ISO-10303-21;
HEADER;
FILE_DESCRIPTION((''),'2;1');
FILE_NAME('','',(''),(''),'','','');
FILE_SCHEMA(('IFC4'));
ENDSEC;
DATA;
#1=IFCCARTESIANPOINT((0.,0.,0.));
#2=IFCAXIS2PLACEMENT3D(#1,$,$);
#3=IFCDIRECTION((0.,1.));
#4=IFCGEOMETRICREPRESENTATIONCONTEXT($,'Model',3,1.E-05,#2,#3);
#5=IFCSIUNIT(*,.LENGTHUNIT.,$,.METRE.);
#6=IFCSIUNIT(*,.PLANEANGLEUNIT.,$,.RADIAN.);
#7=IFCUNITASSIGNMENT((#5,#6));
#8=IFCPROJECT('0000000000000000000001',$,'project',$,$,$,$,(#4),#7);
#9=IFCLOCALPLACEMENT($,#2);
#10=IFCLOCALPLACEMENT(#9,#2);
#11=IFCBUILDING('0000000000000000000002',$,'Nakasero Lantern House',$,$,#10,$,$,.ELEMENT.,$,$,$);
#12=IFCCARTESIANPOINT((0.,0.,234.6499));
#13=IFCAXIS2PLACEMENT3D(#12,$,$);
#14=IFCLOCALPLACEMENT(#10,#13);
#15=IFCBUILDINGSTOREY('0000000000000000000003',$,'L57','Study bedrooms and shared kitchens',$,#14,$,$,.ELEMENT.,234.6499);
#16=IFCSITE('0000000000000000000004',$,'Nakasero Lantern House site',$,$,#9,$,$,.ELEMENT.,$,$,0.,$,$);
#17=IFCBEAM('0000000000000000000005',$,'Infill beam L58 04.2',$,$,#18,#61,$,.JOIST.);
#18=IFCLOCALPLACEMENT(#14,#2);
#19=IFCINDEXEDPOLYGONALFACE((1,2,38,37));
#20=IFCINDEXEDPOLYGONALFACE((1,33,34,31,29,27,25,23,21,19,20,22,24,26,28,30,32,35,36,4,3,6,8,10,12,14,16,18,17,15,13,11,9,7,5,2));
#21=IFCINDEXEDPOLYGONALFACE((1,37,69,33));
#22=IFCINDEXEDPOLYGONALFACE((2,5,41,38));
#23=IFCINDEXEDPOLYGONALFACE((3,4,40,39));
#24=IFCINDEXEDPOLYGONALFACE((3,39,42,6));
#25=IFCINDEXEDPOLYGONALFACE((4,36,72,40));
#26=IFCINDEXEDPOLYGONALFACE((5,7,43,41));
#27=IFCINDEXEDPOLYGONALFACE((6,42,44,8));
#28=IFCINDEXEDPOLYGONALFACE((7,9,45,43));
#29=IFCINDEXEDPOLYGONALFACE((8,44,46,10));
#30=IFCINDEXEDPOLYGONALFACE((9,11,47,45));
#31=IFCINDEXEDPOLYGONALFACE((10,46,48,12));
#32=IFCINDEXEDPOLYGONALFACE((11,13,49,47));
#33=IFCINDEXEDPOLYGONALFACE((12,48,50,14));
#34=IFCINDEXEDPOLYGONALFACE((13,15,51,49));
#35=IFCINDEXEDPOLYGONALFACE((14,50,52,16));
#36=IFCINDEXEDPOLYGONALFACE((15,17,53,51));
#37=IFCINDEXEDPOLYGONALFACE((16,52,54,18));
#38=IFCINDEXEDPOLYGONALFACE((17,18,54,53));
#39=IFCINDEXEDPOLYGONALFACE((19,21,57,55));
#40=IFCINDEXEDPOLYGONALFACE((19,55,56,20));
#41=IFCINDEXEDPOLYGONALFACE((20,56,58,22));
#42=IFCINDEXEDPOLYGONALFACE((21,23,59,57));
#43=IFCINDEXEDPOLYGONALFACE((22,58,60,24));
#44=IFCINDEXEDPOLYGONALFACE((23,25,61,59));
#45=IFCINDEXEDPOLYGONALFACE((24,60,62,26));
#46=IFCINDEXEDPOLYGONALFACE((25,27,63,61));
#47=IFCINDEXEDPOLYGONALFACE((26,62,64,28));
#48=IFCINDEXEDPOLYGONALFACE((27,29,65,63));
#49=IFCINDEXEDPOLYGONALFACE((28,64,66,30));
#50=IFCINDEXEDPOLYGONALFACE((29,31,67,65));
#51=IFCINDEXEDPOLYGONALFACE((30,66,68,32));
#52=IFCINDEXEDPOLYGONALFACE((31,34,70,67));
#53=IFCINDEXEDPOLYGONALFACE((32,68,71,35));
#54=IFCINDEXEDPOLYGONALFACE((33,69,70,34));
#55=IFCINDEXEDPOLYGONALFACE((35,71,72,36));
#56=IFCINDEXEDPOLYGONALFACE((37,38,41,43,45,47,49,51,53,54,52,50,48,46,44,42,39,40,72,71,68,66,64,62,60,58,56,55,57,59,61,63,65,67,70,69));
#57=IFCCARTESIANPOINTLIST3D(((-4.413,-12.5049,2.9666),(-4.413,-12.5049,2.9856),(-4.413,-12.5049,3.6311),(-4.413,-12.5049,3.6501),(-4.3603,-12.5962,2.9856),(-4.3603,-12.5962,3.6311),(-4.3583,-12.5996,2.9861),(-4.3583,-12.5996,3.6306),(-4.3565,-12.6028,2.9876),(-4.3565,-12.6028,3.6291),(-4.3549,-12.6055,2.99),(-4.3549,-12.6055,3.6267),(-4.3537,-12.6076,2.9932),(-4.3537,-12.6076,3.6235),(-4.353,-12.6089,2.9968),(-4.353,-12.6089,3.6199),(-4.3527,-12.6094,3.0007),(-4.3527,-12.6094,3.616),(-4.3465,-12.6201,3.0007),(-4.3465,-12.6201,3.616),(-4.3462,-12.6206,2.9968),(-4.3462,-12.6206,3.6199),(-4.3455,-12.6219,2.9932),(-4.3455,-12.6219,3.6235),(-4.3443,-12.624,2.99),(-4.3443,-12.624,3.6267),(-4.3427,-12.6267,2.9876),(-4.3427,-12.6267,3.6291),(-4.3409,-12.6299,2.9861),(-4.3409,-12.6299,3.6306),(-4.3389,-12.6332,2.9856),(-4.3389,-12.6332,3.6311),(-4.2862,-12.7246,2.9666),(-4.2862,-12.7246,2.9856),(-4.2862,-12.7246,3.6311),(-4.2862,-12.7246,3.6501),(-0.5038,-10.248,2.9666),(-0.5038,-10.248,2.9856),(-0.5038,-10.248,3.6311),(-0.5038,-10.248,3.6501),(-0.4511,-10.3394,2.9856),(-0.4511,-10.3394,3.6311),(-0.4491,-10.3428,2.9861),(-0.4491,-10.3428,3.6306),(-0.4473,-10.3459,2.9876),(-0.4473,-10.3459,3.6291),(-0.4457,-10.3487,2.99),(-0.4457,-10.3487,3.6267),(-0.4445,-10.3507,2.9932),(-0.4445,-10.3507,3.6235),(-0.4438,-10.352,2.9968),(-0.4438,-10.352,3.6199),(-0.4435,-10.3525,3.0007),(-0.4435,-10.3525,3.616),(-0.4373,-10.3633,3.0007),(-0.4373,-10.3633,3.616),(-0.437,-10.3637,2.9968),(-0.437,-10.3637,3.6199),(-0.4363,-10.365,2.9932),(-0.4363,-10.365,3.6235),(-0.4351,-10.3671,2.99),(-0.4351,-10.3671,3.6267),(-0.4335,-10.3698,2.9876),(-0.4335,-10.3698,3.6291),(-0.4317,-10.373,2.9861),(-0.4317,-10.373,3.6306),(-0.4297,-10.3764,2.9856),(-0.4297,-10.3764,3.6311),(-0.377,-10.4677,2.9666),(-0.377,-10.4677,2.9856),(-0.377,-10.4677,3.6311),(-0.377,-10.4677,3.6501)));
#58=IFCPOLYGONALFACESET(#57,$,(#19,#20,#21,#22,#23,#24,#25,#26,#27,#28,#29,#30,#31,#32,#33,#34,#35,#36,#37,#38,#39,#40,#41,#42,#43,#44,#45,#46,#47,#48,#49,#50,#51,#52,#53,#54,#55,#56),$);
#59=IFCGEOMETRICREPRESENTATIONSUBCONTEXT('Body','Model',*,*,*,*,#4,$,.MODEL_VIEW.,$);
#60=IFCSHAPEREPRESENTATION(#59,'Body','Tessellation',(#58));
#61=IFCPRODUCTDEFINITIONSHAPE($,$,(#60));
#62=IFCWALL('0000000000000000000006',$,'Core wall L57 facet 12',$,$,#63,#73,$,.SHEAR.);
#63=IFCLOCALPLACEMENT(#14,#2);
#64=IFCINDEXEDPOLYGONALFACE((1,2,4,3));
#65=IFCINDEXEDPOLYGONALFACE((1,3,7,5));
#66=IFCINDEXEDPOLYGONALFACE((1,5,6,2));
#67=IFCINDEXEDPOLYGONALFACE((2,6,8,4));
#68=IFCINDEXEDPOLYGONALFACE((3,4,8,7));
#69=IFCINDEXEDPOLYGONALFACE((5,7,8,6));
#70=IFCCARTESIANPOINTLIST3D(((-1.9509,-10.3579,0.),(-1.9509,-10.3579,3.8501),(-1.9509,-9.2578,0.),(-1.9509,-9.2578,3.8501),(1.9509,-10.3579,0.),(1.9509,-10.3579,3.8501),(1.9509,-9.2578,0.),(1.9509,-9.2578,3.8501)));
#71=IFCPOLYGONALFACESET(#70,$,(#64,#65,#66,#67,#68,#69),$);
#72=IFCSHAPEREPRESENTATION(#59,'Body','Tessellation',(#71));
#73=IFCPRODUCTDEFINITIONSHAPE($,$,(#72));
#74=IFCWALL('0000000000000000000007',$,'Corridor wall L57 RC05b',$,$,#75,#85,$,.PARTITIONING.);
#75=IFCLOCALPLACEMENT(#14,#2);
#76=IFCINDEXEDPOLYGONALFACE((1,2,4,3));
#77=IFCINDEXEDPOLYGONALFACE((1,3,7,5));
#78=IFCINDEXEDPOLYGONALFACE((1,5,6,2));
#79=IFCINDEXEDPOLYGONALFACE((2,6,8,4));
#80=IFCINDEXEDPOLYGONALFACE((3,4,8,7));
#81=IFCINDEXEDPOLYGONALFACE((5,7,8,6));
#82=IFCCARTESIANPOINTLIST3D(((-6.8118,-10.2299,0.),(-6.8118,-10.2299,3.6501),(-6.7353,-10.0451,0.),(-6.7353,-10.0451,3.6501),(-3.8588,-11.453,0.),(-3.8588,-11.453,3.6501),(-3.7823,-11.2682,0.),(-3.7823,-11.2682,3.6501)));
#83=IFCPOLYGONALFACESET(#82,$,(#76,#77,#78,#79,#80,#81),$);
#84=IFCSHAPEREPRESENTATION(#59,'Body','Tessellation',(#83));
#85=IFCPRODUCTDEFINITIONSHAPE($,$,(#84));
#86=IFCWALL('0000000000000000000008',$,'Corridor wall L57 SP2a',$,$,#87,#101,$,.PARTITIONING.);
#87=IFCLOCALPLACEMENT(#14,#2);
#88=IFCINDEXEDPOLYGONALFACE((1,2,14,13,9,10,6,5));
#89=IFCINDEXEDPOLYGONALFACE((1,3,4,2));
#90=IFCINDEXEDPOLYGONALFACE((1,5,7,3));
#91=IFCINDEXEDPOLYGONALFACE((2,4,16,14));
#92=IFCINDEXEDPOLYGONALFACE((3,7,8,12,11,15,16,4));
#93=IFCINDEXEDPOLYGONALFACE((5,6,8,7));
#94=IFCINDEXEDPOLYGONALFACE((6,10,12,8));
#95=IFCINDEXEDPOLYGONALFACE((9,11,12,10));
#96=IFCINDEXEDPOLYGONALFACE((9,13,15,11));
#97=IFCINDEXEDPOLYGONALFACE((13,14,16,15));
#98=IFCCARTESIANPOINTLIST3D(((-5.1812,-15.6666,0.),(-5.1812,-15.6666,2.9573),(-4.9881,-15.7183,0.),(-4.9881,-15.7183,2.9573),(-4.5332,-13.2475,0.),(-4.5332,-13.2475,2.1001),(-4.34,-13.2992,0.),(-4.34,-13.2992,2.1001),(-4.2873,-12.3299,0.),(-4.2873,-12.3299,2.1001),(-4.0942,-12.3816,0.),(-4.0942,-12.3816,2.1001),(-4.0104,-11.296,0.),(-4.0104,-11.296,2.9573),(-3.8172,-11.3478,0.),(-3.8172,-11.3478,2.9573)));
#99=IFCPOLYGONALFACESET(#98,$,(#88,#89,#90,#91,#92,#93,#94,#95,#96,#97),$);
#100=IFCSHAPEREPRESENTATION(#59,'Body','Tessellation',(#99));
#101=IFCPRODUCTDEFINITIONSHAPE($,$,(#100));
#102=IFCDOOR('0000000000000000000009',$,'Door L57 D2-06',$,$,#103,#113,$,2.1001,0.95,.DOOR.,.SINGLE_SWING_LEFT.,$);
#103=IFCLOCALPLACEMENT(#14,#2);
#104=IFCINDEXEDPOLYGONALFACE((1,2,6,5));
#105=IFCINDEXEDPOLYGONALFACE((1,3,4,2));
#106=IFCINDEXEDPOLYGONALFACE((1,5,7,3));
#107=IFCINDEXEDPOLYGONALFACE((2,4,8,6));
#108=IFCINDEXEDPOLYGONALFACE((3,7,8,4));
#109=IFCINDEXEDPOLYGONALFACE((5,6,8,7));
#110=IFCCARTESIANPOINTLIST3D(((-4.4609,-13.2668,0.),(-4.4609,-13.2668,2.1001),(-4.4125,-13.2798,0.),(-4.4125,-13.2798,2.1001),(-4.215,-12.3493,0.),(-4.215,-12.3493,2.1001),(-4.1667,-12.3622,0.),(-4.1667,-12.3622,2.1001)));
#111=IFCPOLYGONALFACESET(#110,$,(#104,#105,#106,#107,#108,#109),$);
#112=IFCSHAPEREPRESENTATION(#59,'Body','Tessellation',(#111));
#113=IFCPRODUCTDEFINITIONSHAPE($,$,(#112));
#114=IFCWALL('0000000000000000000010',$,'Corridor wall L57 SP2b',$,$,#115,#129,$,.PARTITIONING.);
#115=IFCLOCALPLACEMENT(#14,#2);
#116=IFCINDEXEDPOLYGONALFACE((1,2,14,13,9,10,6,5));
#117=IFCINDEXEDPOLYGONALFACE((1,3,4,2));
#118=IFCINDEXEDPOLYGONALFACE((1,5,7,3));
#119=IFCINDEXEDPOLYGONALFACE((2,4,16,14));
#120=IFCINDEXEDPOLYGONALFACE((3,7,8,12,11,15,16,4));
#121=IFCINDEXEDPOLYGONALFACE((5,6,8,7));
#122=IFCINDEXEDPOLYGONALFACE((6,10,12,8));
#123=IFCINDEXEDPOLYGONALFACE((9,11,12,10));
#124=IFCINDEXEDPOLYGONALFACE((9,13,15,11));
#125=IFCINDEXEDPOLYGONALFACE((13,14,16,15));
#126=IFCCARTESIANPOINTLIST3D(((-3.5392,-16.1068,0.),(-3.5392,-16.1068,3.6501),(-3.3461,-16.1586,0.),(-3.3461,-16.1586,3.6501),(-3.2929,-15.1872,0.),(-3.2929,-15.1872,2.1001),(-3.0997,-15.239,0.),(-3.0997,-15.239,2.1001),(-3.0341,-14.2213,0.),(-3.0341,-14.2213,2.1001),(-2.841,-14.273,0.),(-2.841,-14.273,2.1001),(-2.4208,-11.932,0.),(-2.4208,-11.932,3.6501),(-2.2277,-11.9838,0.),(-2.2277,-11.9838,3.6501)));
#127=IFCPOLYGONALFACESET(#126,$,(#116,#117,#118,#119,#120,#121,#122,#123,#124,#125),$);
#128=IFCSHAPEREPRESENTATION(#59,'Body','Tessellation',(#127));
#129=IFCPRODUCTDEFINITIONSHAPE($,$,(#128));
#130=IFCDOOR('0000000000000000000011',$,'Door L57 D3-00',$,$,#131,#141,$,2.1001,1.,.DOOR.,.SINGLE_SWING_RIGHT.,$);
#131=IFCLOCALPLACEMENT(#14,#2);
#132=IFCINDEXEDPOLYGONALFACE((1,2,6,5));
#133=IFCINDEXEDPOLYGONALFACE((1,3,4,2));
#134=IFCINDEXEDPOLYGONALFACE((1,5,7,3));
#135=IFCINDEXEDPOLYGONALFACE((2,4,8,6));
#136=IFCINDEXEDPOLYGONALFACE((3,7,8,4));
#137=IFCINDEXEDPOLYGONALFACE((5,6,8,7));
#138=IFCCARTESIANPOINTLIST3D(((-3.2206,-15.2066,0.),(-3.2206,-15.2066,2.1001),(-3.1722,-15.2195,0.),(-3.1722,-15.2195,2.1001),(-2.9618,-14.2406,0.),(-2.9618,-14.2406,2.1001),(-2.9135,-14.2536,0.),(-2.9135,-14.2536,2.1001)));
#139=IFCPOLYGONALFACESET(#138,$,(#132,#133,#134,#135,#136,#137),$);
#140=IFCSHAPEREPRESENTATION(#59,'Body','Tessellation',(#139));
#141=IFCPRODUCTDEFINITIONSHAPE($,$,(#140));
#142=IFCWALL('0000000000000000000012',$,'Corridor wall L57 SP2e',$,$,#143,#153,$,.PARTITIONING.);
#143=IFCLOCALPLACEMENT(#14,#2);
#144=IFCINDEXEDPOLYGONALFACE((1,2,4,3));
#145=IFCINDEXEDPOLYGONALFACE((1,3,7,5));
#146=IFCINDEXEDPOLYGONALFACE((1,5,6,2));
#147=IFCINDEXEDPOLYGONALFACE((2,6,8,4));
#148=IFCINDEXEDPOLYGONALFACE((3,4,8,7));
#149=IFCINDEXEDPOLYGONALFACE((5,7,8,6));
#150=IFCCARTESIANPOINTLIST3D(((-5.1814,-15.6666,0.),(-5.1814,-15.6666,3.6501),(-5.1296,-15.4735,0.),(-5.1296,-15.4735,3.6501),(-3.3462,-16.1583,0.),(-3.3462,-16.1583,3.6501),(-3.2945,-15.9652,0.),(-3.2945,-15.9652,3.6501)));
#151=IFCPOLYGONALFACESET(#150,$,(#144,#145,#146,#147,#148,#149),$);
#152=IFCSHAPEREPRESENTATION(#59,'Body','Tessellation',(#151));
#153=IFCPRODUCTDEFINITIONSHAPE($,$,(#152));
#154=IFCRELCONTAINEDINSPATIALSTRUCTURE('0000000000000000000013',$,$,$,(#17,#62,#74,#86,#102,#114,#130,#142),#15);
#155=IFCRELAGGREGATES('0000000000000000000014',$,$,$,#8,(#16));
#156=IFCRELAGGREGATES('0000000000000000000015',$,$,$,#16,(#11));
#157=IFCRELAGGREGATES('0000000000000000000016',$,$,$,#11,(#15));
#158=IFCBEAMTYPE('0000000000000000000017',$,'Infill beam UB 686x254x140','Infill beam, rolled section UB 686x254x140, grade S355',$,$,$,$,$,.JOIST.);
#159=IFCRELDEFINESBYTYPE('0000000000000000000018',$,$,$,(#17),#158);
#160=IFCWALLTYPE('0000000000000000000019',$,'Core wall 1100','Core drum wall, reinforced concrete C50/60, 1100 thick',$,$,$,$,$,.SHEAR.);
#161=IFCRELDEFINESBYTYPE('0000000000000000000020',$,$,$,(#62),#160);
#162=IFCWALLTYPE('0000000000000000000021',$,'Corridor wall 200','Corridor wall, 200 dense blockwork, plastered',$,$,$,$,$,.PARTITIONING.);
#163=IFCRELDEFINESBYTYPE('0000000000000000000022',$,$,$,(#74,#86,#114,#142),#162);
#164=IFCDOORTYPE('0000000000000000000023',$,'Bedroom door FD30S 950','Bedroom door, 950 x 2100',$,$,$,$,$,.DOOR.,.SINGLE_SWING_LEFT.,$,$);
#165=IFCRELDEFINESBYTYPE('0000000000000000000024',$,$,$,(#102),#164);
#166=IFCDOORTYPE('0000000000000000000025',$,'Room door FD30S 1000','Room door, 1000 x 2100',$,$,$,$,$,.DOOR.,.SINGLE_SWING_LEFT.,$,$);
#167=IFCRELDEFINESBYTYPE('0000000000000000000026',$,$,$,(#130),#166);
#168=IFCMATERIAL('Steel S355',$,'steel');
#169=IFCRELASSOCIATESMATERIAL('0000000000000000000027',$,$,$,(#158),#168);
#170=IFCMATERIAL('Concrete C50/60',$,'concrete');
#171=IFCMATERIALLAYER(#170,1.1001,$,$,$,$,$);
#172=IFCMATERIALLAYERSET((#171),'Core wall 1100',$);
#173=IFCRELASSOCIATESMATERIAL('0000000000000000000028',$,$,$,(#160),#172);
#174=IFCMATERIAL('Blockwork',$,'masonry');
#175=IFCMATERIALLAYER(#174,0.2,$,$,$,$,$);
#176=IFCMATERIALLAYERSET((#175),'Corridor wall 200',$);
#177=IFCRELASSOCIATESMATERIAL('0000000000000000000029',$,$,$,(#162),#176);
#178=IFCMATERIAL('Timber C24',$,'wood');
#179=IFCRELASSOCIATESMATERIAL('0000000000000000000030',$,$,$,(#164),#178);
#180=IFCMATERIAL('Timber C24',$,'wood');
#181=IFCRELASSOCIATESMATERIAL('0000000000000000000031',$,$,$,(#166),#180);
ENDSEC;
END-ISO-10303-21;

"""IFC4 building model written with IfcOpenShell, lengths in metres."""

from ifc_helpers import new_model, si_unit, direction, frame, frame_2d, origin, origin_2d, place, context, subcontext, project, spatial, rectangle, i_section, extrude, material, layer, layer_set, material_profile, profile_set, type_object, element, fill, save


model = new_model("IFC4")

# Units and contexts
model_context = context("Model", 3, precision=1e-05, world=origin(), true_north=direction((0.0, 1.0)))
body_context = subcontext(model_context, "Body", "Model", "MODEL_VIEW")
ifc_project = project(units=[si_unit("LENGTHUNIT", "METRE"), si_unit("PLANEANGLEUNIT", "RADIAN")], contexts=[model_context])

# Site, building, storey
site_placement = place(None, origin())
site = spatial("IfcSite", under=ifc_project, at=site_placement, Name="Nakasero Lantern House site", CompositionType="ELEMENT", RefElevation=0.0)
building_placement = place(site_placement, origin())
building = spatial("IfcBuilding", under=site, at=building_placement, Name="Nakasero Lantern House", CompositionType="ELEMENT")
storey_placement = place(building_placement, frame((0.0, 0.0, 234.6499)))
storey = spatial("IfcBuildingStorey", under=building, at=storey_placement, Name="L57", Description="Study bedrooms and shared kitchens", CompositionType="ELEMENT", Elevation=234.6499)

# Beam
ifc_material_1 = material(Name="Steel S355", Category="steel")
ifc_material_profile = material_profile(ifc_material_1, i_section(OverallWidth=0.2537, OverallDepth=0.6836, WebThickness=0.0125, FlangeThickness=0.019, FilletRadius=0.0151, at=origin_2d()), Name="UB 686x254x140")
ifc_profile_set = profile_set([ifc_material_profile], Name="Steel S355")
beam_type = type_object("IfcBeamType", Name="Infill beam UB 686x254x140", Description="Infill beam, rolled section UB 686x254x140, grade S355", PredefinedType="JOIST", material=ifc_profile_set)
beam_placement = place(storey_placement, frame((-4.3496, -12.6147, 3.3083), z_axis=(0.866038, 0.499978, 0.0), x_axis=(-0.499978, 0.866038, 0.0)))
element("IfcBeam", 1, at=beam_placement, inside=storey, type_object=beam_type, Name="Infill beam L58 04.2", PredefinedType="JOIST", context=body_context, shape_type="SweptSolid", body=[
    extrude(i_section(OverallWidth=0.2537, OverallDepth=0.6836, WebThickness=0.0125, FlangeThickness=0.019, FilletRadius=0.0151, at=origin_2d()), origin(), (0.0, 0.0, 1.0), 4.5139),
])

# Walls
ifc_material_2 = material(Name="Concrete C50/60", Category="concrete")
ifc_layer_1 = layer(ifc_material_2, 1.1001)
ifc_layer_set_1 = layer_set([ifc_layer_1], Name="Core wall 1100")
wall_type_1 = type_object("IfcWallType", Name="Core wall 1100", Description="Core drum wall, reinforced concrete C50/60, 1100 thick", PredefinedType="SHEAR", material=ifc_layer_set_1)
wall_1_placement = place(storey_placement, frame((-1.9509, -9.8079, 0.0), z_axis=(0.0, 0.0, 1.0), x_axis=(1.0, 0.0, 0.0)))
element("IfcWall", 2, at=wall_1_placement, inside=storey, type_object=wall_type_1, Name="Core wall L57 facet 12", PredefinedType="SHEAR", context=body_context, shape_type="SweptSolid", body=[
    extrude(rectangle(XDim=3.9019, YDim=1.1001, at=frame_2d((1.9509, 0.0))), origin(), (0.0, 0.0, 1.0), 3.8501),
])
ifc_material_3 = material(Name="Blockwork", Category="masonry")
ifc_layer_2 = layer(ifc_material_3, 0.2)
ifc_layer_set_2 = layer_set([ifc_layer_2], Name="Corridor wall 200")
wall_type_2 = type_object("IfcWallType", Name="Corridor wall 200", Description="Corridor wall, 200 dense blockwork, plastered", PredefinedType="PARTITIONING", material=ifc_layer_set_2)
wall_2_placement = place(storey_placement, frame((-3.8206, -11.3606, 0.0), z_axis=(0.0, 0.0, 1.0), x_axis=(-0.923888, 0.382662, 0.0)))
element("IfcWall", 3, at=wall_2_placement, inside=storey, type_object=wall_type_2, Name="Corridor wall L57 RC05b", PredefinedType="PARTITIONING", context=body_context, shape_type="SweptSolid", body=[
    extrude(rectangle(XDim=3.1963, YDim=0.2, at=frame_2d((1.5981, 0.0))), origin(), (0.0, 0.0, 1.0), 3.6501),
])

# Walls, openings, doors
wall_3_placement = place(storey_placement, frame((-3.9138, -11.322, 0.0), z_axis=(0.0, 0.0, 1.0), x_axis=(-0.258777, -0.965937, 0.0)))
wall_3 = element("IfcWall", 4, at=wall_3_placement, inside=storey, type_object=wall_type_2, Name="Corridor wall L57 SP2a", PredefinedType="PARTITIONING", context=body_context, shape_type="SweptSolid", body=[
    extrude(rectangle(XDim=4.5247, YDim=0.2, at=frame_2d((2.2622, 0.0))), origin(), (0.0, 0.0, 1.0), 2.9573),
])
opening_1_placement = place(wall_3_placement, frame((1.0701, 0.0, 0.0)))
opening_1 = element("IfcOpeningElement", 5, at=opening_1_placement, cuts=wall_3, PredefinedType="OPENING", context=body_context, shape_type="SweptSolid", body=[
    extrude(rectangle(XDim=0.95, YDim=2.1001, at=frame_2d((0.4751, 1.05))), frame((0.0, 0.1199, 0.0), z_axis=(0.0, -1.0, 0.0), x_axis=(1.0, 0.0, 0.0)), (0.0, 0.0, 1.0), 0.24),
])
ifc_material_4 = material(Name="Timber C24", Category="wood")
door_type_1 = type_object("IfcDoorType", Name="Bedroom door FD30S 950", Description="Bedroom door, 950 x 2100", OperationType="SINGLE_SWING_LEFT", PredefinedType="DOOR", material=ifc_material_4)
door_1_placement = place(opening_1_placement, origin())
door_1 = element("IfcDoor", 6, at=door_1_placement, inside=storey, type_object=door_type_1, Name="Door L57 D2-06", OperationType="SINGLE_SWING_LEFT", OverallHeight=2.1001, OverallWidth=0.95, PredefinedType="DOOR", context=body_context, shape_type="SweptSolid", body=[
    extrude(rectangle(XDim=0.95, YDim=2.1001, at=frame_2d((0.4751, 1.05))), frame((0.0, 0.0249, 0.0), z_axis=(0.0, -1.0, 0.0), x_axis=(1.0, 0.0, 0.0)), (0.0, 0.0, 1.0), 0.05),
])
fill(opening_1, door_1)
wall_4_placement = place(storey_placement, frame((-2.3242, -11.9578, 0.0), z_axis=(0.0, 0.0, 1.0), x_axis=(-0.25877, -0.965939, 0.0)))
wall_4 = element("IfcWall", 7, at=wall_4_placement, inside=storey, type_object=wall_type_2, Name="Corridor wall L57 SP2b", PredefinedType="PARTITIONING", context=body_context, shape_type="SweptSolid", body=[
    extrude(rectangle(XDim=4.322, YDim=0.2, at=frame_2d((2.1611, 0.0))), origin(), (0.0, 0.0, 1.0), 3.6501),
])
opening_2_placement = place(wall_4_placement, frame((2.3701, 0.0, 0.0)))
opening_2 = element("IfcOpeningElement", 8, at=opening_2_placement, cuts=wall_4, PredefinedType="OPENING", context=body_context, shape_type="SweptSolid", body=[
    extrude(rectangle(XDim=1.0, YDim=2.1001, at=frame_2d((0.5, 1.05))), frame((0.0, 0.1199, 0.0), z_axis=(0.0, -1.0, 0.0), x_axis=(1.0, 0.0, 0.0)), (0.0, 0.0, 1.0), 0.24),
])
ifc_material_5 = material(Name="Timber C24", Category="wood")
door_type_2 = type_object("IfcDoorType", Name="Room door FD30S 1000", Description="Room door, 1000 x 2100", OperationType="SINGLE_SWING_LEFT", PredefinedType="DOOR", material=ifc_material_5)
door_2_placement = place(opening_2_placement, origin())
door_2 = element("IfcDoor", 9, at=door_2_placement, inside=storey, type_object=door_type_2, Name="Door L57 D3-00", OperationType="SINGLE_SWING_RIGHT", OverallHeight=2.1001, OverallWidth=1.0, PredefinedType="DOOR", context=body_context, shape_type="SweptSolid", body=[
    extrude(rectangle(XDim=1.0, YDim=2.1001, at=frame_2d((0.5, 1.05))), frame((0.0, 0.0249, 0.0), z_axis=(0.0, -1.0, 0.0), x_axis=(1.0, 0.0, 0.0)), (0.0, 0.0, 1.0), 0.05),
])
fill(opening_2, door_2)

# Wall
wall_5_placement = place(storey_placement, frame((-5.1555, -15.5701, 0.0), z_axis=(0.0, 0.0, 1.0), x_axis=(0.965931, -0.258798, 0.0)))
element("IfcWall", 10, at=wall_5_placement, inside=storey, type_object=wall_type_2, Name="Corridor wall L57 SP2e", PredefinedType="PARTITIONING", context=body_context, shape_type="SweptSolid", body=[
    extrude(rectangle(XDim=1.8999, YDim=0.2, at=frame_2d((0.95, 0.0))), origin(), (0.0, 0.0, 1.0), 3.6501),
])

save(model, "model.ifc")
